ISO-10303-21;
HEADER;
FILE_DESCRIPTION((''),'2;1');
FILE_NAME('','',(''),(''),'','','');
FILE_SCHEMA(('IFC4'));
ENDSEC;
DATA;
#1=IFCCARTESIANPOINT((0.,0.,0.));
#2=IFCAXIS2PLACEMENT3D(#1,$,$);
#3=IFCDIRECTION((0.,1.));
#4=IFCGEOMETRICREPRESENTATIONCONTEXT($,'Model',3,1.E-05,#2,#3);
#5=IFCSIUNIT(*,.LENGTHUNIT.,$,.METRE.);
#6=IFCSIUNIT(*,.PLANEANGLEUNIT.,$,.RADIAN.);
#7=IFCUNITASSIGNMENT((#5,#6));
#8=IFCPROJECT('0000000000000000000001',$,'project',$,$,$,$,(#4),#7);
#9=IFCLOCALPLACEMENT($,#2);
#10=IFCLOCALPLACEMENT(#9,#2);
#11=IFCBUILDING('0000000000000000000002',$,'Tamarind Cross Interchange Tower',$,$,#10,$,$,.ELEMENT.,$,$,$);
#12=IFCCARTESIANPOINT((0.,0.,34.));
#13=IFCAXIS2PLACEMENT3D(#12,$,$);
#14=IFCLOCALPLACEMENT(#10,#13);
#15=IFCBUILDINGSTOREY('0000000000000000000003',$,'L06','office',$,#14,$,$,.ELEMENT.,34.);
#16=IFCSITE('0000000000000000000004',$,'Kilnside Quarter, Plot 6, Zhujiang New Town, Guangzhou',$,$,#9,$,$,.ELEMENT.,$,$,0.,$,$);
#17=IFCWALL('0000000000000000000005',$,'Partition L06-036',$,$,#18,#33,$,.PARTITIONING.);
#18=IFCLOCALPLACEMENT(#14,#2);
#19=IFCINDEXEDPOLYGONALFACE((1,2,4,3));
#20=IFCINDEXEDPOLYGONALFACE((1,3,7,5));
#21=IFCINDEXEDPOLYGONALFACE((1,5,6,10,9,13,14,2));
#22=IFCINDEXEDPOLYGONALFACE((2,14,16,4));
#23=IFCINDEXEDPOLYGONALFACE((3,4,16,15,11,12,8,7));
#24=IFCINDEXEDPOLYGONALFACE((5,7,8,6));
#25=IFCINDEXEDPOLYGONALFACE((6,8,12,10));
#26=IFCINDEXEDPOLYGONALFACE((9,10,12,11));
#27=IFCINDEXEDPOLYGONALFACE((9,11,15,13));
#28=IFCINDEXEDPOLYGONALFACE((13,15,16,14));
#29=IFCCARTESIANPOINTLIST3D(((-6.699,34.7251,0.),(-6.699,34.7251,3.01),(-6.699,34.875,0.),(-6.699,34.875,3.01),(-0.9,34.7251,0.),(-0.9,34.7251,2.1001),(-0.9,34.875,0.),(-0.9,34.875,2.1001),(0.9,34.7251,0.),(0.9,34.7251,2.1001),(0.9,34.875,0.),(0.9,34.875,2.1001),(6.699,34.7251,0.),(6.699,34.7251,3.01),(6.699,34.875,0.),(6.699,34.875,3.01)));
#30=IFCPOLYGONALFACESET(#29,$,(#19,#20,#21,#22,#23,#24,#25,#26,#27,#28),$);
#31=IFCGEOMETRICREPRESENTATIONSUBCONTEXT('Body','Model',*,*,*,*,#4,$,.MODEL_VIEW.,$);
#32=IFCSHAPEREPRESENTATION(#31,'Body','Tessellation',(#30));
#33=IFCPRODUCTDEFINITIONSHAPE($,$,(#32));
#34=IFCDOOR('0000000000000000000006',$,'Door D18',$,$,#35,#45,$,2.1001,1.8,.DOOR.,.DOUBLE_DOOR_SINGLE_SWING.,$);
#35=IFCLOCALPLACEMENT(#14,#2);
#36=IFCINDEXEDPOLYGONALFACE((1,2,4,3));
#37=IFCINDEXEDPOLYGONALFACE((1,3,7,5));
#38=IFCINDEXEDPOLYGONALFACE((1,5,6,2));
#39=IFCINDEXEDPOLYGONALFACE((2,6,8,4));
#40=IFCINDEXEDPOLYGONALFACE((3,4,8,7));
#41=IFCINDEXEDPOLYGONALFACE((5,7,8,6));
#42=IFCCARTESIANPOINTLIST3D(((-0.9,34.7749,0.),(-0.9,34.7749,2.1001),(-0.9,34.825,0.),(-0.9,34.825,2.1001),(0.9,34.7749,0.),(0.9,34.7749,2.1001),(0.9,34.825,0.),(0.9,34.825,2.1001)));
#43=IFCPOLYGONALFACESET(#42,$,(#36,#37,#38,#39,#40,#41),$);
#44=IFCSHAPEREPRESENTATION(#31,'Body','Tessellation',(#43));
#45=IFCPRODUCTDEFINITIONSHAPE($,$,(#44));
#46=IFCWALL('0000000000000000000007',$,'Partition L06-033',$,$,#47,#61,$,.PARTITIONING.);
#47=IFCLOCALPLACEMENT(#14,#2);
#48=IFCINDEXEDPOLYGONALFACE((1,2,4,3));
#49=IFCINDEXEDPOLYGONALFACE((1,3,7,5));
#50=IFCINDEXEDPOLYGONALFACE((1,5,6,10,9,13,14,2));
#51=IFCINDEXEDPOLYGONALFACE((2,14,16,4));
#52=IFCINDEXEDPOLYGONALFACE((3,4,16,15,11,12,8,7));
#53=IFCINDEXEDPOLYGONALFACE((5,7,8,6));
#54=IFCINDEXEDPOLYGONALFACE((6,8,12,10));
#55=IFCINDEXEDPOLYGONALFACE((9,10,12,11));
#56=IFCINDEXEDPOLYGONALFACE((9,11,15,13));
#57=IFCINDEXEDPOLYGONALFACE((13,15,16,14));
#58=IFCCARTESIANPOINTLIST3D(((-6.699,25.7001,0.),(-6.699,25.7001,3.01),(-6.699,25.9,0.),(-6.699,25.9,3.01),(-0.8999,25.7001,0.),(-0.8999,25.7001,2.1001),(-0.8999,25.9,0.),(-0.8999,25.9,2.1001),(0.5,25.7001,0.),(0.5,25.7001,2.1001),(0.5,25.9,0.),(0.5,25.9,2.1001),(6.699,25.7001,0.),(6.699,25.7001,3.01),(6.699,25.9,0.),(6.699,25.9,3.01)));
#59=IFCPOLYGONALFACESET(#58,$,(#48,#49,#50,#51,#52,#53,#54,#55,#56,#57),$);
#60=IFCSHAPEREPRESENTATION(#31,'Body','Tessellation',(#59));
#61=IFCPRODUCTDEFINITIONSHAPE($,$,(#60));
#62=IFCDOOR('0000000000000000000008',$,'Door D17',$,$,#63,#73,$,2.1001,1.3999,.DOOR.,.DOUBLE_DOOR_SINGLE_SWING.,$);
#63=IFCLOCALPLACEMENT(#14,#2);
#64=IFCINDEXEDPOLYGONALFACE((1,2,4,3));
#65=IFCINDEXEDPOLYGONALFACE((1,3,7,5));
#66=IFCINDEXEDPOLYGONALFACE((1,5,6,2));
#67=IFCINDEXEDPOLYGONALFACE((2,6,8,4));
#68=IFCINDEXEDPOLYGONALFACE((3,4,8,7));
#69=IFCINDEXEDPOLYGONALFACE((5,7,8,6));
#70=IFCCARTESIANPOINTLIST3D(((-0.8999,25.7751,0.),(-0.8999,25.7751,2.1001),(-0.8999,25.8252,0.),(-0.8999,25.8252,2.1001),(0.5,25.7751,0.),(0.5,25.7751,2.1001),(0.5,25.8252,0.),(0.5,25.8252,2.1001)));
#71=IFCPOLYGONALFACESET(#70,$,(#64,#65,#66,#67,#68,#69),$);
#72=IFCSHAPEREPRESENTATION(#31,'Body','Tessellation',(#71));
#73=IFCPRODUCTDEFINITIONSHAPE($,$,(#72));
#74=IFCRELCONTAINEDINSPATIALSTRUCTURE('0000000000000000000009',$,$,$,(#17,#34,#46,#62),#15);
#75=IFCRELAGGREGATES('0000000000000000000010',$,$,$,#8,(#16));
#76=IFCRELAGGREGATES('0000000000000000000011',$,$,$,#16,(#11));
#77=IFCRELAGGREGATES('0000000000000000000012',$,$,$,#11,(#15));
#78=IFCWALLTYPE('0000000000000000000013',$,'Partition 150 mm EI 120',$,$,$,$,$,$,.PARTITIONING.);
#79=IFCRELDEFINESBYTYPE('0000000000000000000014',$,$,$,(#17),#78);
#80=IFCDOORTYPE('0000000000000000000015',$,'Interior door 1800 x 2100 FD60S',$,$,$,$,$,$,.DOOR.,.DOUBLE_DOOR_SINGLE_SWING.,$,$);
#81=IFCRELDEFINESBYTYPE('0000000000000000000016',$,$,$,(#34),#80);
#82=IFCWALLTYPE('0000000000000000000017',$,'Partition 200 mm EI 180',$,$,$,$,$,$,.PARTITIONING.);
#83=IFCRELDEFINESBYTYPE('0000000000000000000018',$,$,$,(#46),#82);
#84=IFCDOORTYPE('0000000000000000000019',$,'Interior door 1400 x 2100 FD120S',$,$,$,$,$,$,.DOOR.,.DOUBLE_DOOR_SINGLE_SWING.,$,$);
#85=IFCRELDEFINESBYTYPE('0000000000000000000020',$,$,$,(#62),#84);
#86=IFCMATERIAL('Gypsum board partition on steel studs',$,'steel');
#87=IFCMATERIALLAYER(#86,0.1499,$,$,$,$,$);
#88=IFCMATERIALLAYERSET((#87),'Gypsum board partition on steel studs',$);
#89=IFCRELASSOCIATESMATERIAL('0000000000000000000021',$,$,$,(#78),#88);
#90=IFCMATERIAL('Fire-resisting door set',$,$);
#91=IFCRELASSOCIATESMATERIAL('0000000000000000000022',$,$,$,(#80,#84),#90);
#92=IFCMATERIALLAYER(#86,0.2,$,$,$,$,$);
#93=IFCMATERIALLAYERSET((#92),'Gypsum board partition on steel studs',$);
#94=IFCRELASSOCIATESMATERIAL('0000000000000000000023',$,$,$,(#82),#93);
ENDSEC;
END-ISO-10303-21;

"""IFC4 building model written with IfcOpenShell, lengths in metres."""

from ifc_helpers import new_model, si_unit, direction, frame, frame_2d, origin, place, context, subcontext, project, spatial, rectangle, extrude, material, layer, layer_set, type_object, element, fill, save


model = new_model("IFC4")

# Units and contexts
model_context = context("Model", 3, precision=1e-05, world=origin(), true_north=direction((0.0, 1.0)))
body_context = subcontext(model_context, "Body", "Model", "MODEL_VIEW")
ifc_project = project(units=[si_unit("LENGTHUNIT", "METRE"), si_unit("PLANEANGLEUNIT", "RADIAN")], contexts=[model_context])

# Site, building, storey
site_placement = place(None, origin())
site = spatial("IfcSite", under=ifc_project, at=site_placement, Name="Kilnside Quarter, Plot 6, Zhujiang New Town, Guangzhou", CompositionType="ELEMENT", RefElevation=0.0)
building_placement = place(site_placement, origin())
building = spatial("IfcBuilding", under=site, at=building_placement, Name="Tamarind Cross Interchange Tower", CompositionType="ELEMENT")
storey_placement = place(building_placement, frame((0.0, 0.0, 34.0)))
storey = spatial("IfcBuildingStorey", under=building, at=storey_placement, Name="L06", Description="office", CompositionType="ELEMENT", Elevation=34.0)

# Shared definitions
ifc_material_1 = material(Name="Gypsum board partition on steel studs", Category="steel")

# Walls, openings, doors
ifc_layer_1 = layer(ifc_material_1, 0.1499)
ifc_layer_set_1 = layer_set([ifc_layer_1], Name="Gypsum board partition on steel studs")
wall_type_1 = type_object("IfcWallType", Name="Partition 150 mm EI 120", PredefinedType="PARTITIONING", material=ifc_layer_set_1)
wall_1_placement = place(storey_placement, frame((-6.699, 34.8, 0.0), z_axis=(0.0, 0.0, 1.0), x_axis=(1.0, 0.0, 0.0)))
wall_1 = element("IfcWall", 1, at=wall_1_placement, inside=storey, type_object=wall_type_1, Name="Partition L06-036", PredefinedType="PARTITIONING", context=body_context, shape_type="SweptSolid", body=[
    extrude(rectangle(XDim=13.3979, YDim=0.1499, at=frame_2d((6.699, 0.0))), origin(), (0.0, 0.0, 1.0), 3.01),
])
opening_1_placement = place(wall_1_placement, frame((5.7991, 0.0, 0.0)))
opening_1 = element("IfcOpeningElement", 2, at=opening_1_placement, cuts=wall_1, PredefinedType="OPENING", context=body_context, shape_type="SweptSolid", body=[
    extrude(rectangle(XDim=1.8, YDim=2.1001, at=frame_2d((0.8999, 1.05))), frame((0.0, 0.085, 0.0), z_axis=(0.0, -1.0, 0.0), x_axis=(1.0, 0.0, 0.0)), (0.0, 0.0, 1.0), 0.1699),
])
ifc_material_2 = material(Name="Fire-resisting door set")
door_type_1 = type_object("IfcDoorType", Name="Interior door 1800 x 2100 FD60S", OperationType="DOUBLE_DOOR_SINGLE_SWING", PredefinedType="DOOR", material=ifc_material_2)
door_1_placement = place(opening_1_placement, origin())
door_1 = element("IfcDoor", 3, at=door_1_placement, inside=storey, type_object=door_type_1, Name="Door D18", OperationType="DOUBLE_DOOR_SINGLE_SWING", OverallHeight=2.1001, OverallWidth=1.8, PredefinedType="DOOR", context=body_context, shape_type="SweptSolid", body=[
    extrude(rectangle(XDim=1.8, YDim=2.1001, at=frame_2d((0.8999, 1.05))), frame((0.0, 0.0249, 0.0), z_axis=(0.0, -1.0, 0.0), x_axis=(1.0, 0.0, 0.0)), (0.0, 0.0, 1.0), 0.05),
])
fill(opening_1, door_1)
ifc_layer_2 = layer(ifc_material_1, 0.2)
ifc_layer_set_2 = layer_set([ifc_layer_2], Name="Gypsum board partition on steel studs")
wall_type_2 = type_object("IfcWallType", Name="Partition 200 mm EI 180", PredefinedType="PARTITIONING", material=ifc_layer_set_2)
wall_2_placement = place(storey_placement, frame((-6.699, 25.8, 0.0), z_axis=(0.0, 0.0, 1.0), x_axis=(1.0, 0.0, 0.0)))
wall_2 = element("IfcWall", 4, at=wall_2_placement, inside=storey, type_object=wall_type_2, Name="Partition L06-033", PredefinedType="PARTITIONING", context=body_context, shape_type="SweptSolid", body=[
    extrude(rectangle(XDim=13.3979, YDim=0.2, at=frame_2d((6.699, 0.0))), origin(), (0.0, 0.0, 1.0), 3.01),
])
opening_2_placement = place(wall_2_placement, frame((5.7991, 0.0, 0.0)))
opening_2 = element("IfcOpeningElement", 5, at=opening_2_placement, cuts=wall_2, PredefinedType="OPENING", context=body_context, shape_type="SweptSolid", body=[
    extrude(rectangle(XDim=1.3999, YDim=2.1001, at=frame_2d((0.7, 1.05))), frame((0.0, 0.1099, 0.0), z_axis=(0.0, -1.0, 0.0), x_axis=(1.0, 0.0, 0.0)), (0.0, 0.0, 1.0), 0.22),
])
door_type_2 = type_object("IfcDoorType", Name="Interior door 1400 x 2100 FD120S", OperationType="DOUBLE_DOOR_SINGLE_SWING", PredefinedType="DOOR", material=ifc_material_2)
door_2_placement = place(opening_2_placement, frame((1.3999, 0.0, 0.0), z_axis=(0.0, 0.0, 1.0), x_axis=(-1.0, 0.0, 0.0)))
door_2 = element("IfcDoor", 6, at=door_2_placement, inside=storey, type_object=door_type_2, Name="Door D17", OperationType="DOUBLE_DOOR_SINGLE_SWING", OverallHeight=2.1001, OverallWidth=1.3999, PredefinedType="DOOR", context=body_context, shape_type="SweptSolid", body=[
    extrude(rectangle(XDim=1.3999, YDim=2.1001, at=frame_2d((0.7, 1.05))), frame((0.0, 0.0249, 0.0), z_axis=(0.0, -1.0, 0.0), x_axis=(1.0, 0.0, 0.0)), (0.0, 0.0, 1.0), 0.05),
])
fill(opening_2, door_2)

save(model, "model.ifc")
